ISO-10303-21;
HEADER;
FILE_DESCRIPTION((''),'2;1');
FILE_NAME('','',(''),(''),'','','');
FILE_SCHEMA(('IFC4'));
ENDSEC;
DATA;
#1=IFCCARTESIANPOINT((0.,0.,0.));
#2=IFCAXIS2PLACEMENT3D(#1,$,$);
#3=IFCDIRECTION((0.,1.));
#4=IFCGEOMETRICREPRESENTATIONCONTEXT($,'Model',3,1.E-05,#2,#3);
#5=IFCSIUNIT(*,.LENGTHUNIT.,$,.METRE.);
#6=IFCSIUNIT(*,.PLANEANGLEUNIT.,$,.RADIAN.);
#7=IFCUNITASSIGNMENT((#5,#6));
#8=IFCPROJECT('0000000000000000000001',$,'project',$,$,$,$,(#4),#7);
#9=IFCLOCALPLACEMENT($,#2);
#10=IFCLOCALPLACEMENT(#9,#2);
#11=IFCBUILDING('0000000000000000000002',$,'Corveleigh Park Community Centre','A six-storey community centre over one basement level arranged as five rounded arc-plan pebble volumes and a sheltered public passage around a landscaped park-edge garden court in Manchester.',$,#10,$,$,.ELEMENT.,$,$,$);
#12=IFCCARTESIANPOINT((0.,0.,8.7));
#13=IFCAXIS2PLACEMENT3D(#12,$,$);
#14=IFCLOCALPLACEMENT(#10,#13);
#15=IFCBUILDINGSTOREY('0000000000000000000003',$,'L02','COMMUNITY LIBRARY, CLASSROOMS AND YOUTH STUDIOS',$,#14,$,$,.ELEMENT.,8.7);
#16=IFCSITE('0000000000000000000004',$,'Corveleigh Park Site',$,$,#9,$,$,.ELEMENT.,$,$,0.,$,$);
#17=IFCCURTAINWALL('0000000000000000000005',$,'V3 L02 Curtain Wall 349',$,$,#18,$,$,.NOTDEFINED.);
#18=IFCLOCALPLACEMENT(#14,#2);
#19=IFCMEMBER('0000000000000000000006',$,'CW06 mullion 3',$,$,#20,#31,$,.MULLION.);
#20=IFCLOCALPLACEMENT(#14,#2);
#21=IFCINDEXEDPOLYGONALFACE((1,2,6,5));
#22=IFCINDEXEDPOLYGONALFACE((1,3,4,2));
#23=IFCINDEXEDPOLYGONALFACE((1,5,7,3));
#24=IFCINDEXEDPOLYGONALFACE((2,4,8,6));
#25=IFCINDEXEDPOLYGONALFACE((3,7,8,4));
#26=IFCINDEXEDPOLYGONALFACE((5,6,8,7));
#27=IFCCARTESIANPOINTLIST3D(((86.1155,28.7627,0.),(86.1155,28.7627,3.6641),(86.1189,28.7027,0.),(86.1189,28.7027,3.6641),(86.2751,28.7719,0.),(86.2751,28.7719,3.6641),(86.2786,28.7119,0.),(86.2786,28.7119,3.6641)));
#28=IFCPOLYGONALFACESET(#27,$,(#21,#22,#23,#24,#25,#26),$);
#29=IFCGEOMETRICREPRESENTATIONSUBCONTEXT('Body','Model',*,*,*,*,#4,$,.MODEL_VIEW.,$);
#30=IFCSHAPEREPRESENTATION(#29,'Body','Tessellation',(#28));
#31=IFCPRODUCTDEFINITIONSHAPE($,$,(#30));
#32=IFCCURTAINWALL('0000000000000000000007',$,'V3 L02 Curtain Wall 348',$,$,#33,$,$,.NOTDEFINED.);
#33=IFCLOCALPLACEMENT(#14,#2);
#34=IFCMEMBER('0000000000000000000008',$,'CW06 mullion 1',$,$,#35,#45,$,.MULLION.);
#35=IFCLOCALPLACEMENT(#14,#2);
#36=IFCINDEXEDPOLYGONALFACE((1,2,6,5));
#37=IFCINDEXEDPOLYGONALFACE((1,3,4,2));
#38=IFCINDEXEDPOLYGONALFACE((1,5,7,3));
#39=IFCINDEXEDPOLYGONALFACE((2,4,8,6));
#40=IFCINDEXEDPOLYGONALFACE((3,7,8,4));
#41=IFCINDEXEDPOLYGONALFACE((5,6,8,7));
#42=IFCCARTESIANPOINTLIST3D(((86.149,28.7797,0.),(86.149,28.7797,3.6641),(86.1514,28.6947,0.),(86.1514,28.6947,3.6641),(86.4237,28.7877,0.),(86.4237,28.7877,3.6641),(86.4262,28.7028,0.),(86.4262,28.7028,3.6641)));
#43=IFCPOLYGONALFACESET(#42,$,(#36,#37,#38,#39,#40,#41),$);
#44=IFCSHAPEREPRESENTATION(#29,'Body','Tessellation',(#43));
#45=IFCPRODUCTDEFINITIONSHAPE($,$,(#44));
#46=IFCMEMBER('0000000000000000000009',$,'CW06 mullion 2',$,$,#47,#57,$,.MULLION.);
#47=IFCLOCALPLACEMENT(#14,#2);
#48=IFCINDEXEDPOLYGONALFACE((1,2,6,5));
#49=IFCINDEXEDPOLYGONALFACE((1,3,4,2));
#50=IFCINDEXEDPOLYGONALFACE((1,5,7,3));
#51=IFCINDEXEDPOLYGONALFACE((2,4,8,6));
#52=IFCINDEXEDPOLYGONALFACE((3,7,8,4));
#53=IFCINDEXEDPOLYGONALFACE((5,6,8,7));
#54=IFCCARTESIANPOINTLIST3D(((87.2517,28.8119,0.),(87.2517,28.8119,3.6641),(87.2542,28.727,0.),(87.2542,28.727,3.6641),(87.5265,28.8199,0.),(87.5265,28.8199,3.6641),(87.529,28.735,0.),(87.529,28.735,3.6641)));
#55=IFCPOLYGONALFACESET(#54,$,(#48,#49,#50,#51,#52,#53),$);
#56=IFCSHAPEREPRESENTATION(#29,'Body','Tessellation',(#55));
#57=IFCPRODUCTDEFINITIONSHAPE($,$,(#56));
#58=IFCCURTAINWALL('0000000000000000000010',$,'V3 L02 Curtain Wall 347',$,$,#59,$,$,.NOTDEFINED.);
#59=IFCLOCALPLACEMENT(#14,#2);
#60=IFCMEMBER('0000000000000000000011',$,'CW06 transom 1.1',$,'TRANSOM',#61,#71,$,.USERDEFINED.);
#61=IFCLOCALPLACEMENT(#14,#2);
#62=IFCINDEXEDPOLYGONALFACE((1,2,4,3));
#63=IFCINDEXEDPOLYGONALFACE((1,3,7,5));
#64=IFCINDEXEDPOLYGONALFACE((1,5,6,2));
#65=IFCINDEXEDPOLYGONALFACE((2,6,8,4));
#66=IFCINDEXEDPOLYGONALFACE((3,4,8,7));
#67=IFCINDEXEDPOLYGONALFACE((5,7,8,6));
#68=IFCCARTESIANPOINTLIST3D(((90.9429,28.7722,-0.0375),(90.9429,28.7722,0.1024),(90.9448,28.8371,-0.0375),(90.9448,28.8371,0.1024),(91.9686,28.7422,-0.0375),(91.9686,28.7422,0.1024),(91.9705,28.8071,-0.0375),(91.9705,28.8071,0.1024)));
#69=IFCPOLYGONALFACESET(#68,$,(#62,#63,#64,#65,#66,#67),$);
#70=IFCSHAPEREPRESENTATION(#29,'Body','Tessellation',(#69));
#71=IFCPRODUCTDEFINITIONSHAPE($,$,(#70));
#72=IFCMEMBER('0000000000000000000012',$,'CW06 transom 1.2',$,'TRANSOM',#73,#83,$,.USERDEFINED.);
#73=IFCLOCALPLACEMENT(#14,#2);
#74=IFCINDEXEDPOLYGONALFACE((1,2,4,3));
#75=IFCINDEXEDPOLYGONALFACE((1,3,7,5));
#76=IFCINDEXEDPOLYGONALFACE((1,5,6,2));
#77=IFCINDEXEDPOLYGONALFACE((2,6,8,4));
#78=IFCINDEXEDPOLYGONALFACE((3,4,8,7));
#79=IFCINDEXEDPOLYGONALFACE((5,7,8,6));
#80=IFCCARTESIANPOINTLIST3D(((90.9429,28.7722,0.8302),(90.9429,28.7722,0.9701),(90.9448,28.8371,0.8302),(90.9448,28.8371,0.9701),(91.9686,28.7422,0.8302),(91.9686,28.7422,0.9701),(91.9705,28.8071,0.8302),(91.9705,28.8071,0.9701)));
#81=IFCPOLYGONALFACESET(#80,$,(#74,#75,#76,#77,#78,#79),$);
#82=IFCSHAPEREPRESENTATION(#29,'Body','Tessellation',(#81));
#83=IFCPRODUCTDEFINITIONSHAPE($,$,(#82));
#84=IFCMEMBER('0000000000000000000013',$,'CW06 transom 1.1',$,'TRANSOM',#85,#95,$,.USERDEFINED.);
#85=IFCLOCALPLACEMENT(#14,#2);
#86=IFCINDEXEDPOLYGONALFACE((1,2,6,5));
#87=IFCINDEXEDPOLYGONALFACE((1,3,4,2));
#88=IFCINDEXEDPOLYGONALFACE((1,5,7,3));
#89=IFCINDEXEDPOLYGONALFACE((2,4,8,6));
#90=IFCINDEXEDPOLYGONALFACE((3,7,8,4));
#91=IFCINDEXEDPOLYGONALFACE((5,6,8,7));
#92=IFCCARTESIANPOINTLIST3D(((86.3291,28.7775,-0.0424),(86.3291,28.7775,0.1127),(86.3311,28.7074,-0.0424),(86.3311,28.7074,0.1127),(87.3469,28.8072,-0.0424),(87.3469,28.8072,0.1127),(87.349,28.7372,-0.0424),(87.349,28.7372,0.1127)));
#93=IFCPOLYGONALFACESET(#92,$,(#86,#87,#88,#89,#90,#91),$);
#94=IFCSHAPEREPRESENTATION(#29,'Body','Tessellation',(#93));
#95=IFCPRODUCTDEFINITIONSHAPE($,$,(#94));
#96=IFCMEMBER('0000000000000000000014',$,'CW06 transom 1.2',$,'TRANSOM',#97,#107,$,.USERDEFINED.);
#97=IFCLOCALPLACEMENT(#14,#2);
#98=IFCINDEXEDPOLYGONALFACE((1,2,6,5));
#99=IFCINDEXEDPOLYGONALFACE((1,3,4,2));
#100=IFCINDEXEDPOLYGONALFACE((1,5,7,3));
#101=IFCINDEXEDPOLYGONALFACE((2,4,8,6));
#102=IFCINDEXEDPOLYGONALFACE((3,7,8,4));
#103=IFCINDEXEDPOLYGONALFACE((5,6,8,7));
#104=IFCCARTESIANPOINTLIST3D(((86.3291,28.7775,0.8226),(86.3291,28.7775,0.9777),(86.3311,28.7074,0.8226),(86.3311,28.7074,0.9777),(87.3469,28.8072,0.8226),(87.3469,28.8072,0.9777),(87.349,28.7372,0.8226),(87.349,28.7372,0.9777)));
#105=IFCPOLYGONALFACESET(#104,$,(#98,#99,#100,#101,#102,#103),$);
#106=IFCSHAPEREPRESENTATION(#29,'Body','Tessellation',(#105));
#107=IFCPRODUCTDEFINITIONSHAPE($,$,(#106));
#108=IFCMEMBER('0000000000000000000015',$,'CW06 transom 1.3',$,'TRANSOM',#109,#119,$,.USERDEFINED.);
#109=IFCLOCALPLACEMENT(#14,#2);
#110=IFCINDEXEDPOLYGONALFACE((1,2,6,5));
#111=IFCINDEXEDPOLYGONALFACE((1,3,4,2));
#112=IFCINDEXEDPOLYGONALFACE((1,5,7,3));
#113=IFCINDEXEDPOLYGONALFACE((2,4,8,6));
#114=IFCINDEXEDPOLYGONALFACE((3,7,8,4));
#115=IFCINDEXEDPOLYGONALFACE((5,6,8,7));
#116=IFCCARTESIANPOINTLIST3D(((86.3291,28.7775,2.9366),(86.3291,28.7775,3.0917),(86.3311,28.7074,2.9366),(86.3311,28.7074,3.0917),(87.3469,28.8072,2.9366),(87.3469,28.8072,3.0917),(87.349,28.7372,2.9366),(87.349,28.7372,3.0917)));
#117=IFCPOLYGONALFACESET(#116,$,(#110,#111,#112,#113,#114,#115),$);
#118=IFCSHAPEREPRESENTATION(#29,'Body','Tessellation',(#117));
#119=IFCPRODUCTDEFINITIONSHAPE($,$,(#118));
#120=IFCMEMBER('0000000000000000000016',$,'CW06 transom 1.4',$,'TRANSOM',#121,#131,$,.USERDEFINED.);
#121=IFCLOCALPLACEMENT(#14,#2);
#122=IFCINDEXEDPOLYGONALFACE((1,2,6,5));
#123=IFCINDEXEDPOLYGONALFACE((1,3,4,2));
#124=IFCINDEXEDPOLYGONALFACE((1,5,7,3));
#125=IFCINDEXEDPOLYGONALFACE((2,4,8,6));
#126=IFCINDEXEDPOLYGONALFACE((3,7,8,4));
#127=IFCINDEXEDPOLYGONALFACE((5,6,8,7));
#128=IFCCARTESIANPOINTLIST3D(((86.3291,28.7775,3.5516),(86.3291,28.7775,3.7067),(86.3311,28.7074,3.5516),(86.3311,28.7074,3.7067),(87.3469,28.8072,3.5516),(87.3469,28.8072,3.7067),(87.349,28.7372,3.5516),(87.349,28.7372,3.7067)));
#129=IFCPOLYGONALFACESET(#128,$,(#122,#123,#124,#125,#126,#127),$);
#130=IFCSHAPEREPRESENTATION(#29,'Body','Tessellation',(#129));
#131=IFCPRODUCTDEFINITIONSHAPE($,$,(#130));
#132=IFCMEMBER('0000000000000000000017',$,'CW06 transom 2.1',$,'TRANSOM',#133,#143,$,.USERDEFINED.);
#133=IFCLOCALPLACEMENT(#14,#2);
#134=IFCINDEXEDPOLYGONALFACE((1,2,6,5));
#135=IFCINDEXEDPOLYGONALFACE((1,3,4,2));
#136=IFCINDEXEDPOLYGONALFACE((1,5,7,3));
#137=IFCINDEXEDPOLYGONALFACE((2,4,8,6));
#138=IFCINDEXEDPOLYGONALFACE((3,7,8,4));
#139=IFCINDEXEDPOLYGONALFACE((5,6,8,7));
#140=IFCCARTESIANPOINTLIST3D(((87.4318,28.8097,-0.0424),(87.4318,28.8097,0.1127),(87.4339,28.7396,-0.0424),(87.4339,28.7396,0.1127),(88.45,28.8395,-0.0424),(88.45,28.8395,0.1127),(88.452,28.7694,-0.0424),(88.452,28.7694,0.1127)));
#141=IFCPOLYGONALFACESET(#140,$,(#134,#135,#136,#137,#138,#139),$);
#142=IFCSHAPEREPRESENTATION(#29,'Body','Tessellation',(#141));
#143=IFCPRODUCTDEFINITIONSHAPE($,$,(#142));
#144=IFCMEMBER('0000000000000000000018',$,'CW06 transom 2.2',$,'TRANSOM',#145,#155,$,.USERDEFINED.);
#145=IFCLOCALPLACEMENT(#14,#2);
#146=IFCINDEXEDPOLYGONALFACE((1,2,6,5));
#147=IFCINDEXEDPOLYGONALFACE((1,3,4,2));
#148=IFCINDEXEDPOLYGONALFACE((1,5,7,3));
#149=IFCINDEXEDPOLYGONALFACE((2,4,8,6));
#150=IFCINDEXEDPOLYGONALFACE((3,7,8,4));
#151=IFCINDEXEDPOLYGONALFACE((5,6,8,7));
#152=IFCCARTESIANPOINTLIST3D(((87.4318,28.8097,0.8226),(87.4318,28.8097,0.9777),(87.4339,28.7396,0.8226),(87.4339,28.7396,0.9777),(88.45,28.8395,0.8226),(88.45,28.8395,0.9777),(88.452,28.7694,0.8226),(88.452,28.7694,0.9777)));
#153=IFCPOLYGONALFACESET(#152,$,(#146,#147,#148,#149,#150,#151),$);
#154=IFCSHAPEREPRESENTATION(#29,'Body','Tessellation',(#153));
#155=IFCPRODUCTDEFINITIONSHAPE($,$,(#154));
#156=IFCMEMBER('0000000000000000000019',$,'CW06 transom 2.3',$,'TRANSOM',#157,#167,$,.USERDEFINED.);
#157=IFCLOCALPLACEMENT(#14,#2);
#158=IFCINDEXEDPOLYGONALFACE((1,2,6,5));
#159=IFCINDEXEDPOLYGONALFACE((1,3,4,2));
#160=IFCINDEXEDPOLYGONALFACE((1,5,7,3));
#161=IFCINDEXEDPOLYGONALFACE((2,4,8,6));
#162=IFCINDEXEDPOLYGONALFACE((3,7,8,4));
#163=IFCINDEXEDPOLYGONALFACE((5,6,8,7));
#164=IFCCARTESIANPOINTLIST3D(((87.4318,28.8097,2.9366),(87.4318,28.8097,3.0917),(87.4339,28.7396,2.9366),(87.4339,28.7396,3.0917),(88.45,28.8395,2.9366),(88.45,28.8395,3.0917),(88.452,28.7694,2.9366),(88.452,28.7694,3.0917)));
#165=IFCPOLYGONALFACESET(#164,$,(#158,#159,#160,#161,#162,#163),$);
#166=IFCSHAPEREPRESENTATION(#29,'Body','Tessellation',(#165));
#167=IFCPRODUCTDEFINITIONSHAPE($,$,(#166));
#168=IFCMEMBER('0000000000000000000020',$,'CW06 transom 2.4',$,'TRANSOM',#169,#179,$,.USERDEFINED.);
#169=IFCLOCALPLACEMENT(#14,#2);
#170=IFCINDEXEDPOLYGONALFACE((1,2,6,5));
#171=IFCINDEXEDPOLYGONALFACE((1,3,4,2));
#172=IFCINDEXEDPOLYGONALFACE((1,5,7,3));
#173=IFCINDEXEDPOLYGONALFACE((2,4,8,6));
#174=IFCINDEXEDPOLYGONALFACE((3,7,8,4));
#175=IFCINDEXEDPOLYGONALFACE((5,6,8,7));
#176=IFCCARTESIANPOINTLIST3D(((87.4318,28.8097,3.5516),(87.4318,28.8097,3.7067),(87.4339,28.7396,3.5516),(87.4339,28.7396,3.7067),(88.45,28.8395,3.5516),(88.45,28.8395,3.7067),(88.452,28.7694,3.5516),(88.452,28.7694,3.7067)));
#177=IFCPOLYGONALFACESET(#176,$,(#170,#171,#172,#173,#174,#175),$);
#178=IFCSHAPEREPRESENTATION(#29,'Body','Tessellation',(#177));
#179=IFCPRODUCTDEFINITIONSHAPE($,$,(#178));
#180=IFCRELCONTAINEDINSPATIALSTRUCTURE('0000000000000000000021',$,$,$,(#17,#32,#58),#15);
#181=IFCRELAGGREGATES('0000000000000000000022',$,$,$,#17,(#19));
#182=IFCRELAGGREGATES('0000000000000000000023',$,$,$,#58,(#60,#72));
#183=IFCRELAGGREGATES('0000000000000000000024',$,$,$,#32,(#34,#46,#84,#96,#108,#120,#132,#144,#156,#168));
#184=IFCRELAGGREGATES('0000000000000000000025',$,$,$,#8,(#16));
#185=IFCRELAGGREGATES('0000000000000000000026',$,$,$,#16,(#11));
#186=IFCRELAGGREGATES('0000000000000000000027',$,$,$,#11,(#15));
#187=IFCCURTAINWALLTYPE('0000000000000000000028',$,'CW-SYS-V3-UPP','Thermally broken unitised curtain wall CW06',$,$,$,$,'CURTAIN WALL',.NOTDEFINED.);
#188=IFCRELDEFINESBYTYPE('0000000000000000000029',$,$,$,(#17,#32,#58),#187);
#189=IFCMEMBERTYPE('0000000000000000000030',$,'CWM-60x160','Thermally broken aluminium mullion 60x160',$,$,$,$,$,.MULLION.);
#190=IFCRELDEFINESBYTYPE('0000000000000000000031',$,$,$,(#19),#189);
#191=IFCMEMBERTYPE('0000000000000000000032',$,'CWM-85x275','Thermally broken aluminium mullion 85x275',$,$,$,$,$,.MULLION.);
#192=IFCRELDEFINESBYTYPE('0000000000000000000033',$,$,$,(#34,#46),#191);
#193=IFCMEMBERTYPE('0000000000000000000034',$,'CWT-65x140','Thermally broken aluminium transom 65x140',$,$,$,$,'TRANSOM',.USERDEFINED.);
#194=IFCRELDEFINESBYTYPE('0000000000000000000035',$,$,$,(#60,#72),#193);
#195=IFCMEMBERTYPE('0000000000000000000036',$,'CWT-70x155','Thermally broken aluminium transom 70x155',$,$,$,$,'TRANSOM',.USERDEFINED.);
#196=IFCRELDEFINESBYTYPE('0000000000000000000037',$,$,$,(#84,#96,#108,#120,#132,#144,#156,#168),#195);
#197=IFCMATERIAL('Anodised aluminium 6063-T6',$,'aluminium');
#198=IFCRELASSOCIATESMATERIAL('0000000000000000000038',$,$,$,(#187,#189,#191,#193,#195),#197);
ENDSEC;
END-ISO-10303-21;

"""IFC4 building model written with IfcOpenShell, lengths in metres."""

from ifc_helpers import new_model, si_unit, direction, frame, origin, origin_2d, place, context, subcontext, project, spatial, rectangle, extrude, material, material_profile, profile_set, type_object, element, aggregate, save


model = new_model("IFC4")

# Units and contexts
model_context = context("Model", 3, precision=1e-05, world=origin(), true_north=direction((0.0, 1.0)))
body_context = subcontext(model_context, "Body", "Model", "MODEL_VIEW")
ifc_project = project(units=[si_unit("LENGTHUNIT", "METRE"), si_unit("PLANEANGLEUNIT", "RADIAN")], contexts=[model_context])

# Site, building, storey
site_placement = place(None, origin())
site = spatial("IfcSite", under=ifc_project, at=site_placement, Name="Corveleigh Park Site", CompositionType="ELEMENT", RefElevation=0.0)
building_placement = place(site_placement, origin())
building = spatial("IfcBuilding", under=site, at=building_placement, Name="Corveleigh Park Community Centre", Description="A six-storey community centre over one basement level arranged as five rounded arc-plan pebble volumes and a sheltered public passage around a landscaped park-edge garden court in Manchester.", CompositionType="ELEMENT")
storey_placement = place(building_placement, frame((0.0, 0.0, 8.7)))
storey = spatial("IfcBuildingStorey", under=building, at=storey_placement, Name="L02", Description="COMMUNITY LIBRARY, CLASSROOMS AND YOUTH STUDIOS", CompositionType="ELEMENT", Elevation=8.7)

# Curtain wall, member
ifc_material_1 = material(Name="Anodised aluminium 6063-T6", Category="aluminium")
curtain_wall_type = type_object("IfcCurtainWallType", Name="CW-SYS-V3-UPP", Description="Thermally broken unitised curtain wall CW06", ElementType="CURTAIN WALL", PredefinedType="NOTDEFINED", material=ifc_material_1)
curtain_wall_1_placement = place(storey_placement, origin())
curtain_wall_1 = element("IfcCurtainWall", 1, at=curtain_wall_1_placement, inside=storey, type_object=curtain_wall_type, Name="V3 L02 Curtain Wall 349", PredefinedType="NOTDEFINED")
ifc_material_profile_1 = material_profile(ifc_material_1, rectangle(XDim=0.0601, YDim=0.1599, at=origin_2d()), Name="ALU-M60x160", Category="aluminium")
ifc_profile_set_1 = profile_set([ifc_material_profile_1], Name="Anodised aluminium 6063-T6")
member_type_1 = type_object("IfcMemberType", Name="CWM-60x160", Description="Thermally broken aluminium mullion 60x160", PredefinedType="MULLION", material=ifc_profile_set_1)
member_1_placement = place(storey_placement, frame((86.197, 28.7373, 0.0), z_axis=(0.0, 0.0, 1.0), x_axis=(-0.057597, 0.99834, 0.0)))
member_1 = element("IfcMember", 2, at=member_1_placement, type_object=member_type_1, Name="CW06 mullion 3", PredefinedType="MULLION", context=body_context, shape_type="SweptSolid", body=[
    extrude(rectangle(XDim=0.0601, YDim=0.1599, at=origin_2d()), origin(), (0.0, 0.0, 1.0), 3.6641),
])

# Curtain walls, members
curtain_wall_2_placement = place(storey_placement, origin())
curtain_wall_2 = element("IfcCurtainWall", 3, at=curtain_wall_2_placement, inside=storey, type_object=curtain_wall_type, Name="V3 L02 Curtain Wall 348", PredefinedType="NOTDEFINED")
ifc_material_profile_2 = material_profile(ifc_material_1, rectangle(XDim=0.085, YDim=0.2749, at=origin_2d()), Name="ALU-M85x275", Category="aluminium")
ifc_profile_set_2 = profile_set([ifc_material_profile_2], Name="Anodised aluminium 6063-T6")
member_type_2 = type_object("IfcMemberType", Name="CWM-85x275", Description="Thermally broken aluminium mullion 85x275", PredefinedType="MULLION", material=ifc_profile_set_2)
member_2_placement = place(storey_placement, frame((86.2876, 28.7412, 0.0), z_axis=(0.0, 0.0, 1.0), x_axis=(-0.029232, 0.999573, 0.0)))
member_2 = element("IfcMember", 4, at=member_2_placement, type_object=member_type_2, Name="CW06 mullion 1", PredefinedType="MULLION", context=body_context, shape_type="SweptSolid", body=[
    extrude(rectangle(XDim=0.085, YDim=0.2749, at=origin_2d()), origin(), (0.0, 0.0, 1.0), 3.6641),
])
member_3_placement = place(storey_placement, frame((87.3904, 28.7734, 0.0), z_axis=(0.0, 0.0, 1.0), x_axis=(-0.029232, 0.999573, 0.0)))
member_3 = element("IfcMember", 5, at=member_3_placement, type_object=member_type_2, Name="CW06 mullion 2", PredefinedType="MULLION", context=body_context, shape_type="SweptSolid", body=[
    extrude(rectangle(XDim=0.085, YDim=0.2749, at=origin_2d()), origin(), (0.0, 0.0, 1.0), 3.6641),
])
curtain_wall_3_placement = place(storey_placement, origin())
curtain_wall_3 = element("IfcCurtainWall", 6, at=curtain_wall_3_placement, inside=storey, type_object=curtain_wall_type, Name="V3 L02 Curtain Wall 347", PredefinedType="NOTDEFINED")
ifc_material_profile_3 = material_profile(ifc_material_1, rectangle(XDim=0.0649, YDim=0.1399, at=origin_2d()), Name="ALU-T65x140", Category="aluminium")
ifc_profile_set_3 = profile_set([ifc_material_profile_3], Name="Anodised aluminium 6063-T6")
member_type_3 = type_object("IfcMemberType", Name="CWT-65x140", Description="Thermally broken aluminium transom 65x140", ElementType="TRANSOM", PredefinedType="USERDEFINED", material=ifc_profile_set_3)
member_4_placement = place(storey_placement, frame((90.9438, 28.8047, 0.0325), z_axis=(0.999572, -0.029266, 0.0), x_axis=(0.029266, 0.999572, 0.0)))
member_4 = element("IfcMember", 7, at=member_4_placement, type_object=member_type_3, Name="CW06 transom 1.1", ObjectType="TRANSOM", PredefinedType="USERDEFINED", context=body_context, shape_type="SweptSolid", body=[
    extrude(rectangle(XDim=0.0649, YDim=0.1399, at=origin_2d()), origin(), (0.0, 0.0, 1.0), 1.0261),
])
member_5_placement = place(storey_placement, frame((90.9438, 28.8047, 0.9001), z_axis=(0.999572, -0.029266, 0.0), x_axis=(0.029266, 0.999572, 0.0)))
member_5 = element("IfcMember", 8, at=member_5_placement, type_object=member_type_3, Name="CW06 transom 1.2", ObjectType="TRANSOM", PredefinedType="USERDEFINED", context=body_context, shape_type="SweptSolid", body=[
    extrude(rectangle(XDim=0.0649, YDim=0.1399, at=origin_2d()), origin(), (0.0, 0.0, 1.0), 1.0261),
])

# Members
ifc_material_profile_4 = material_profile(ifc_material_1, rectangle(XDim=0.0701, YDim=0.155, at=origin_2d()), Name="ALU-T70x155", Category="aluminium")
ifc_profile_set_4 = profile_set([ifc_material_profile_4], Name="Anodised aluminium 6063-T6")
member_type_4 = type_object("IfcMemberType", Name="CWT-70x155", Description="Thermally broken aluminium transom 70x155", ElementType="TRANSOM", PredefinedType="USERDEFINED", material=ifc_profile_set_4)
member_6_placement = place(storey_placement, frame((86.3301, 28.7424, 0.0352), z_axis=(0.999572, 0.029251, 0.0), x_axis=(-0.029251, 0.999572, 0.0)))
member_6 = element("IfcMember", 9, at=member_6_placement, type_object=member_type_4, Name="CW06 transom 1.1", ObjectType="TRANSOM", PredefinedType="USERDEFINED", context=body_context, shape_type="SweptSolid", body=[
    extrude(rectangle(XDim=0.0701, YDim=0.155, at=origin_2d()), origin(), (0.0, 0.0, 1.0), 1.0183),
])
member_7_placement = place(storey_placement, frame((86.3301, 28.7424, 0.9001), z_axis=(0.999572, 0.029251, 0.0), x_axis=(-0.029251, 0.999572, 0.0)))
member_7 = element("IfcMember", 10, at=member_7_placement, type_object=member_type_4, Name="CW06 transom 1.2", ObjectType="TRANSOM", PredefinedType="USERDEFINED", context=body_context, shape_type="SweptSolid", body=[
    extrude(rectangle(XDim=0.0701, YDim=0.155, at=origin_2d()), origin(), (0.0, 0.0, 1.0), 1.0183),
])
member_8_placement = place(storey_placement, frame((86.3301, 28.7424, 3.0142), z_axis=(0.999572, 0.029251, 0.0), x_axis=(-0.029251, 0.999572, 0.0)))
member_8 = element("IfcMember", 11, at=member_8_placement, type_object=member_type_4, Name="CW06 transom 1.3", ObjectType="TRANSOM", PredefinedType="USERDEFINED", context=body_context, shape_type="SweptSolid", body=[
    extrude(rectangle(XDim=0.0701, YDim=0.155, at=origin_2d()), origin(), (0.0, 0.0, 1.0), 1.0183),
])
member_9_placement = place(storey_placement, frame((86.3301, 28.7424, 3.6292), z_axis=(0.999572, 0.029251, 0.0), x_axis=(-0.029251, 0.999572, 0.0)))
member_9 = element("IfcMember", 12, at=member_9_placement, type_object=member_type_4, Name="CW06 transom 1.4", ObjectType="TRANSOM", PredefinedType="USERDEFINED", context=body_context, shape_type="SweptSolid", body=[
    extrude(rectangle(XDim=0.0701, YDim=0.155, at=origin_2d()), origin(), (0.0, 0.0, 1.0), 1.0183),
])
member_10_placement = place(storey_placement, frame((87.4329, 28.7747, 0.0352), z_axis=(0.999572, 0.029244, 0.0), x_axis=(-0.029244, 0.999572, 0.0)))
member_10 = element("IfcMember", 13, at=member_10_placement, type_object=member_type_4, Name="CW06 transom 2.1", ObjectType="TRANSOM", PredefinedType="USERDEFINED", context=body_context, shape_type="SweptSolid", body=[
    extrude(rectangle(XDim=0.0701, YDim=0.155, at=origin_2d()), origin(), (0.0, 0.0, 1.0), 1.0186),
])
member_11_placement = place(storey_placement, frame((87.4329, 28.7747, 0.9001), z_axis=(0.999572, 0.029244, 0.0), x_axis=(-0.029244, 0.999572, 0.0)))
member_11 = element("IfcMember", 14, at=member_11_placement, type_object=member_type_4, Name="CW06 transom 2.2", ObjectType="TRANSOM", PredefinedType="USERDEFINED", context=body_context, shape_type="SweptSolid", body=[
    extrude(rectangle(XDim=0.0701, YDim=0.155, at=origin_2d()), origin(), (0.0, 0.0, 1.0), 1.0186),
])
member_12_placement = place(storey_placement, frame((87.4329, 28.7747, 3.0142), z_axis=(0.999572, 0.029244, 0.0), x_axis=(-0.029244, 0.999572, 0.0)))
member_12 = element("IfcMember", 15, at=member_12_placement, type_object=member_type_4, Name="CW06 transom 2.3", ObjectType="TRANSOM", PredefinedType="USERDEFINED", context=body_context, shape_type="SweptSolid", body=[
    extrude(rectangle(XDim=0.0701, YDim=0.155, at=origin_2d()), origin(), (0.0, 0.0, 1.0), 1.0186),
])
member_13_placement = place(storey_placement, frame((87.4329, 28.7747, 3.6292), z_axis=(0.999572, 0.029244, 0.0), x_axis=(-0.029244, 0.999572, 0.0)))
member_13 = element("IfcMember", 16, at=member_13_placement, type_object=member_type_4, Name="CW06 transom 2.4", ObjectType="TRANSOM", PredefinedType="USERDEFINED", context=body_context, shape_type="SweptSolid", body=[
    extrude(rectangle(XDim=0.0701, YDim=0.155, at=origin_2d()), origin(), (0.0, 0.0, 1.0), 1.0186),
])

aggregate(curtain_wall_1, [member_1])
aggregate(curtain_wall_3, [member_4, member_5])
aggregate(curtain_wall_2, [member_2, member_3, member_6, member_7, member_8, member_9, member_10, member_11, member_12, member_13])

save(model, "model.ifc")
